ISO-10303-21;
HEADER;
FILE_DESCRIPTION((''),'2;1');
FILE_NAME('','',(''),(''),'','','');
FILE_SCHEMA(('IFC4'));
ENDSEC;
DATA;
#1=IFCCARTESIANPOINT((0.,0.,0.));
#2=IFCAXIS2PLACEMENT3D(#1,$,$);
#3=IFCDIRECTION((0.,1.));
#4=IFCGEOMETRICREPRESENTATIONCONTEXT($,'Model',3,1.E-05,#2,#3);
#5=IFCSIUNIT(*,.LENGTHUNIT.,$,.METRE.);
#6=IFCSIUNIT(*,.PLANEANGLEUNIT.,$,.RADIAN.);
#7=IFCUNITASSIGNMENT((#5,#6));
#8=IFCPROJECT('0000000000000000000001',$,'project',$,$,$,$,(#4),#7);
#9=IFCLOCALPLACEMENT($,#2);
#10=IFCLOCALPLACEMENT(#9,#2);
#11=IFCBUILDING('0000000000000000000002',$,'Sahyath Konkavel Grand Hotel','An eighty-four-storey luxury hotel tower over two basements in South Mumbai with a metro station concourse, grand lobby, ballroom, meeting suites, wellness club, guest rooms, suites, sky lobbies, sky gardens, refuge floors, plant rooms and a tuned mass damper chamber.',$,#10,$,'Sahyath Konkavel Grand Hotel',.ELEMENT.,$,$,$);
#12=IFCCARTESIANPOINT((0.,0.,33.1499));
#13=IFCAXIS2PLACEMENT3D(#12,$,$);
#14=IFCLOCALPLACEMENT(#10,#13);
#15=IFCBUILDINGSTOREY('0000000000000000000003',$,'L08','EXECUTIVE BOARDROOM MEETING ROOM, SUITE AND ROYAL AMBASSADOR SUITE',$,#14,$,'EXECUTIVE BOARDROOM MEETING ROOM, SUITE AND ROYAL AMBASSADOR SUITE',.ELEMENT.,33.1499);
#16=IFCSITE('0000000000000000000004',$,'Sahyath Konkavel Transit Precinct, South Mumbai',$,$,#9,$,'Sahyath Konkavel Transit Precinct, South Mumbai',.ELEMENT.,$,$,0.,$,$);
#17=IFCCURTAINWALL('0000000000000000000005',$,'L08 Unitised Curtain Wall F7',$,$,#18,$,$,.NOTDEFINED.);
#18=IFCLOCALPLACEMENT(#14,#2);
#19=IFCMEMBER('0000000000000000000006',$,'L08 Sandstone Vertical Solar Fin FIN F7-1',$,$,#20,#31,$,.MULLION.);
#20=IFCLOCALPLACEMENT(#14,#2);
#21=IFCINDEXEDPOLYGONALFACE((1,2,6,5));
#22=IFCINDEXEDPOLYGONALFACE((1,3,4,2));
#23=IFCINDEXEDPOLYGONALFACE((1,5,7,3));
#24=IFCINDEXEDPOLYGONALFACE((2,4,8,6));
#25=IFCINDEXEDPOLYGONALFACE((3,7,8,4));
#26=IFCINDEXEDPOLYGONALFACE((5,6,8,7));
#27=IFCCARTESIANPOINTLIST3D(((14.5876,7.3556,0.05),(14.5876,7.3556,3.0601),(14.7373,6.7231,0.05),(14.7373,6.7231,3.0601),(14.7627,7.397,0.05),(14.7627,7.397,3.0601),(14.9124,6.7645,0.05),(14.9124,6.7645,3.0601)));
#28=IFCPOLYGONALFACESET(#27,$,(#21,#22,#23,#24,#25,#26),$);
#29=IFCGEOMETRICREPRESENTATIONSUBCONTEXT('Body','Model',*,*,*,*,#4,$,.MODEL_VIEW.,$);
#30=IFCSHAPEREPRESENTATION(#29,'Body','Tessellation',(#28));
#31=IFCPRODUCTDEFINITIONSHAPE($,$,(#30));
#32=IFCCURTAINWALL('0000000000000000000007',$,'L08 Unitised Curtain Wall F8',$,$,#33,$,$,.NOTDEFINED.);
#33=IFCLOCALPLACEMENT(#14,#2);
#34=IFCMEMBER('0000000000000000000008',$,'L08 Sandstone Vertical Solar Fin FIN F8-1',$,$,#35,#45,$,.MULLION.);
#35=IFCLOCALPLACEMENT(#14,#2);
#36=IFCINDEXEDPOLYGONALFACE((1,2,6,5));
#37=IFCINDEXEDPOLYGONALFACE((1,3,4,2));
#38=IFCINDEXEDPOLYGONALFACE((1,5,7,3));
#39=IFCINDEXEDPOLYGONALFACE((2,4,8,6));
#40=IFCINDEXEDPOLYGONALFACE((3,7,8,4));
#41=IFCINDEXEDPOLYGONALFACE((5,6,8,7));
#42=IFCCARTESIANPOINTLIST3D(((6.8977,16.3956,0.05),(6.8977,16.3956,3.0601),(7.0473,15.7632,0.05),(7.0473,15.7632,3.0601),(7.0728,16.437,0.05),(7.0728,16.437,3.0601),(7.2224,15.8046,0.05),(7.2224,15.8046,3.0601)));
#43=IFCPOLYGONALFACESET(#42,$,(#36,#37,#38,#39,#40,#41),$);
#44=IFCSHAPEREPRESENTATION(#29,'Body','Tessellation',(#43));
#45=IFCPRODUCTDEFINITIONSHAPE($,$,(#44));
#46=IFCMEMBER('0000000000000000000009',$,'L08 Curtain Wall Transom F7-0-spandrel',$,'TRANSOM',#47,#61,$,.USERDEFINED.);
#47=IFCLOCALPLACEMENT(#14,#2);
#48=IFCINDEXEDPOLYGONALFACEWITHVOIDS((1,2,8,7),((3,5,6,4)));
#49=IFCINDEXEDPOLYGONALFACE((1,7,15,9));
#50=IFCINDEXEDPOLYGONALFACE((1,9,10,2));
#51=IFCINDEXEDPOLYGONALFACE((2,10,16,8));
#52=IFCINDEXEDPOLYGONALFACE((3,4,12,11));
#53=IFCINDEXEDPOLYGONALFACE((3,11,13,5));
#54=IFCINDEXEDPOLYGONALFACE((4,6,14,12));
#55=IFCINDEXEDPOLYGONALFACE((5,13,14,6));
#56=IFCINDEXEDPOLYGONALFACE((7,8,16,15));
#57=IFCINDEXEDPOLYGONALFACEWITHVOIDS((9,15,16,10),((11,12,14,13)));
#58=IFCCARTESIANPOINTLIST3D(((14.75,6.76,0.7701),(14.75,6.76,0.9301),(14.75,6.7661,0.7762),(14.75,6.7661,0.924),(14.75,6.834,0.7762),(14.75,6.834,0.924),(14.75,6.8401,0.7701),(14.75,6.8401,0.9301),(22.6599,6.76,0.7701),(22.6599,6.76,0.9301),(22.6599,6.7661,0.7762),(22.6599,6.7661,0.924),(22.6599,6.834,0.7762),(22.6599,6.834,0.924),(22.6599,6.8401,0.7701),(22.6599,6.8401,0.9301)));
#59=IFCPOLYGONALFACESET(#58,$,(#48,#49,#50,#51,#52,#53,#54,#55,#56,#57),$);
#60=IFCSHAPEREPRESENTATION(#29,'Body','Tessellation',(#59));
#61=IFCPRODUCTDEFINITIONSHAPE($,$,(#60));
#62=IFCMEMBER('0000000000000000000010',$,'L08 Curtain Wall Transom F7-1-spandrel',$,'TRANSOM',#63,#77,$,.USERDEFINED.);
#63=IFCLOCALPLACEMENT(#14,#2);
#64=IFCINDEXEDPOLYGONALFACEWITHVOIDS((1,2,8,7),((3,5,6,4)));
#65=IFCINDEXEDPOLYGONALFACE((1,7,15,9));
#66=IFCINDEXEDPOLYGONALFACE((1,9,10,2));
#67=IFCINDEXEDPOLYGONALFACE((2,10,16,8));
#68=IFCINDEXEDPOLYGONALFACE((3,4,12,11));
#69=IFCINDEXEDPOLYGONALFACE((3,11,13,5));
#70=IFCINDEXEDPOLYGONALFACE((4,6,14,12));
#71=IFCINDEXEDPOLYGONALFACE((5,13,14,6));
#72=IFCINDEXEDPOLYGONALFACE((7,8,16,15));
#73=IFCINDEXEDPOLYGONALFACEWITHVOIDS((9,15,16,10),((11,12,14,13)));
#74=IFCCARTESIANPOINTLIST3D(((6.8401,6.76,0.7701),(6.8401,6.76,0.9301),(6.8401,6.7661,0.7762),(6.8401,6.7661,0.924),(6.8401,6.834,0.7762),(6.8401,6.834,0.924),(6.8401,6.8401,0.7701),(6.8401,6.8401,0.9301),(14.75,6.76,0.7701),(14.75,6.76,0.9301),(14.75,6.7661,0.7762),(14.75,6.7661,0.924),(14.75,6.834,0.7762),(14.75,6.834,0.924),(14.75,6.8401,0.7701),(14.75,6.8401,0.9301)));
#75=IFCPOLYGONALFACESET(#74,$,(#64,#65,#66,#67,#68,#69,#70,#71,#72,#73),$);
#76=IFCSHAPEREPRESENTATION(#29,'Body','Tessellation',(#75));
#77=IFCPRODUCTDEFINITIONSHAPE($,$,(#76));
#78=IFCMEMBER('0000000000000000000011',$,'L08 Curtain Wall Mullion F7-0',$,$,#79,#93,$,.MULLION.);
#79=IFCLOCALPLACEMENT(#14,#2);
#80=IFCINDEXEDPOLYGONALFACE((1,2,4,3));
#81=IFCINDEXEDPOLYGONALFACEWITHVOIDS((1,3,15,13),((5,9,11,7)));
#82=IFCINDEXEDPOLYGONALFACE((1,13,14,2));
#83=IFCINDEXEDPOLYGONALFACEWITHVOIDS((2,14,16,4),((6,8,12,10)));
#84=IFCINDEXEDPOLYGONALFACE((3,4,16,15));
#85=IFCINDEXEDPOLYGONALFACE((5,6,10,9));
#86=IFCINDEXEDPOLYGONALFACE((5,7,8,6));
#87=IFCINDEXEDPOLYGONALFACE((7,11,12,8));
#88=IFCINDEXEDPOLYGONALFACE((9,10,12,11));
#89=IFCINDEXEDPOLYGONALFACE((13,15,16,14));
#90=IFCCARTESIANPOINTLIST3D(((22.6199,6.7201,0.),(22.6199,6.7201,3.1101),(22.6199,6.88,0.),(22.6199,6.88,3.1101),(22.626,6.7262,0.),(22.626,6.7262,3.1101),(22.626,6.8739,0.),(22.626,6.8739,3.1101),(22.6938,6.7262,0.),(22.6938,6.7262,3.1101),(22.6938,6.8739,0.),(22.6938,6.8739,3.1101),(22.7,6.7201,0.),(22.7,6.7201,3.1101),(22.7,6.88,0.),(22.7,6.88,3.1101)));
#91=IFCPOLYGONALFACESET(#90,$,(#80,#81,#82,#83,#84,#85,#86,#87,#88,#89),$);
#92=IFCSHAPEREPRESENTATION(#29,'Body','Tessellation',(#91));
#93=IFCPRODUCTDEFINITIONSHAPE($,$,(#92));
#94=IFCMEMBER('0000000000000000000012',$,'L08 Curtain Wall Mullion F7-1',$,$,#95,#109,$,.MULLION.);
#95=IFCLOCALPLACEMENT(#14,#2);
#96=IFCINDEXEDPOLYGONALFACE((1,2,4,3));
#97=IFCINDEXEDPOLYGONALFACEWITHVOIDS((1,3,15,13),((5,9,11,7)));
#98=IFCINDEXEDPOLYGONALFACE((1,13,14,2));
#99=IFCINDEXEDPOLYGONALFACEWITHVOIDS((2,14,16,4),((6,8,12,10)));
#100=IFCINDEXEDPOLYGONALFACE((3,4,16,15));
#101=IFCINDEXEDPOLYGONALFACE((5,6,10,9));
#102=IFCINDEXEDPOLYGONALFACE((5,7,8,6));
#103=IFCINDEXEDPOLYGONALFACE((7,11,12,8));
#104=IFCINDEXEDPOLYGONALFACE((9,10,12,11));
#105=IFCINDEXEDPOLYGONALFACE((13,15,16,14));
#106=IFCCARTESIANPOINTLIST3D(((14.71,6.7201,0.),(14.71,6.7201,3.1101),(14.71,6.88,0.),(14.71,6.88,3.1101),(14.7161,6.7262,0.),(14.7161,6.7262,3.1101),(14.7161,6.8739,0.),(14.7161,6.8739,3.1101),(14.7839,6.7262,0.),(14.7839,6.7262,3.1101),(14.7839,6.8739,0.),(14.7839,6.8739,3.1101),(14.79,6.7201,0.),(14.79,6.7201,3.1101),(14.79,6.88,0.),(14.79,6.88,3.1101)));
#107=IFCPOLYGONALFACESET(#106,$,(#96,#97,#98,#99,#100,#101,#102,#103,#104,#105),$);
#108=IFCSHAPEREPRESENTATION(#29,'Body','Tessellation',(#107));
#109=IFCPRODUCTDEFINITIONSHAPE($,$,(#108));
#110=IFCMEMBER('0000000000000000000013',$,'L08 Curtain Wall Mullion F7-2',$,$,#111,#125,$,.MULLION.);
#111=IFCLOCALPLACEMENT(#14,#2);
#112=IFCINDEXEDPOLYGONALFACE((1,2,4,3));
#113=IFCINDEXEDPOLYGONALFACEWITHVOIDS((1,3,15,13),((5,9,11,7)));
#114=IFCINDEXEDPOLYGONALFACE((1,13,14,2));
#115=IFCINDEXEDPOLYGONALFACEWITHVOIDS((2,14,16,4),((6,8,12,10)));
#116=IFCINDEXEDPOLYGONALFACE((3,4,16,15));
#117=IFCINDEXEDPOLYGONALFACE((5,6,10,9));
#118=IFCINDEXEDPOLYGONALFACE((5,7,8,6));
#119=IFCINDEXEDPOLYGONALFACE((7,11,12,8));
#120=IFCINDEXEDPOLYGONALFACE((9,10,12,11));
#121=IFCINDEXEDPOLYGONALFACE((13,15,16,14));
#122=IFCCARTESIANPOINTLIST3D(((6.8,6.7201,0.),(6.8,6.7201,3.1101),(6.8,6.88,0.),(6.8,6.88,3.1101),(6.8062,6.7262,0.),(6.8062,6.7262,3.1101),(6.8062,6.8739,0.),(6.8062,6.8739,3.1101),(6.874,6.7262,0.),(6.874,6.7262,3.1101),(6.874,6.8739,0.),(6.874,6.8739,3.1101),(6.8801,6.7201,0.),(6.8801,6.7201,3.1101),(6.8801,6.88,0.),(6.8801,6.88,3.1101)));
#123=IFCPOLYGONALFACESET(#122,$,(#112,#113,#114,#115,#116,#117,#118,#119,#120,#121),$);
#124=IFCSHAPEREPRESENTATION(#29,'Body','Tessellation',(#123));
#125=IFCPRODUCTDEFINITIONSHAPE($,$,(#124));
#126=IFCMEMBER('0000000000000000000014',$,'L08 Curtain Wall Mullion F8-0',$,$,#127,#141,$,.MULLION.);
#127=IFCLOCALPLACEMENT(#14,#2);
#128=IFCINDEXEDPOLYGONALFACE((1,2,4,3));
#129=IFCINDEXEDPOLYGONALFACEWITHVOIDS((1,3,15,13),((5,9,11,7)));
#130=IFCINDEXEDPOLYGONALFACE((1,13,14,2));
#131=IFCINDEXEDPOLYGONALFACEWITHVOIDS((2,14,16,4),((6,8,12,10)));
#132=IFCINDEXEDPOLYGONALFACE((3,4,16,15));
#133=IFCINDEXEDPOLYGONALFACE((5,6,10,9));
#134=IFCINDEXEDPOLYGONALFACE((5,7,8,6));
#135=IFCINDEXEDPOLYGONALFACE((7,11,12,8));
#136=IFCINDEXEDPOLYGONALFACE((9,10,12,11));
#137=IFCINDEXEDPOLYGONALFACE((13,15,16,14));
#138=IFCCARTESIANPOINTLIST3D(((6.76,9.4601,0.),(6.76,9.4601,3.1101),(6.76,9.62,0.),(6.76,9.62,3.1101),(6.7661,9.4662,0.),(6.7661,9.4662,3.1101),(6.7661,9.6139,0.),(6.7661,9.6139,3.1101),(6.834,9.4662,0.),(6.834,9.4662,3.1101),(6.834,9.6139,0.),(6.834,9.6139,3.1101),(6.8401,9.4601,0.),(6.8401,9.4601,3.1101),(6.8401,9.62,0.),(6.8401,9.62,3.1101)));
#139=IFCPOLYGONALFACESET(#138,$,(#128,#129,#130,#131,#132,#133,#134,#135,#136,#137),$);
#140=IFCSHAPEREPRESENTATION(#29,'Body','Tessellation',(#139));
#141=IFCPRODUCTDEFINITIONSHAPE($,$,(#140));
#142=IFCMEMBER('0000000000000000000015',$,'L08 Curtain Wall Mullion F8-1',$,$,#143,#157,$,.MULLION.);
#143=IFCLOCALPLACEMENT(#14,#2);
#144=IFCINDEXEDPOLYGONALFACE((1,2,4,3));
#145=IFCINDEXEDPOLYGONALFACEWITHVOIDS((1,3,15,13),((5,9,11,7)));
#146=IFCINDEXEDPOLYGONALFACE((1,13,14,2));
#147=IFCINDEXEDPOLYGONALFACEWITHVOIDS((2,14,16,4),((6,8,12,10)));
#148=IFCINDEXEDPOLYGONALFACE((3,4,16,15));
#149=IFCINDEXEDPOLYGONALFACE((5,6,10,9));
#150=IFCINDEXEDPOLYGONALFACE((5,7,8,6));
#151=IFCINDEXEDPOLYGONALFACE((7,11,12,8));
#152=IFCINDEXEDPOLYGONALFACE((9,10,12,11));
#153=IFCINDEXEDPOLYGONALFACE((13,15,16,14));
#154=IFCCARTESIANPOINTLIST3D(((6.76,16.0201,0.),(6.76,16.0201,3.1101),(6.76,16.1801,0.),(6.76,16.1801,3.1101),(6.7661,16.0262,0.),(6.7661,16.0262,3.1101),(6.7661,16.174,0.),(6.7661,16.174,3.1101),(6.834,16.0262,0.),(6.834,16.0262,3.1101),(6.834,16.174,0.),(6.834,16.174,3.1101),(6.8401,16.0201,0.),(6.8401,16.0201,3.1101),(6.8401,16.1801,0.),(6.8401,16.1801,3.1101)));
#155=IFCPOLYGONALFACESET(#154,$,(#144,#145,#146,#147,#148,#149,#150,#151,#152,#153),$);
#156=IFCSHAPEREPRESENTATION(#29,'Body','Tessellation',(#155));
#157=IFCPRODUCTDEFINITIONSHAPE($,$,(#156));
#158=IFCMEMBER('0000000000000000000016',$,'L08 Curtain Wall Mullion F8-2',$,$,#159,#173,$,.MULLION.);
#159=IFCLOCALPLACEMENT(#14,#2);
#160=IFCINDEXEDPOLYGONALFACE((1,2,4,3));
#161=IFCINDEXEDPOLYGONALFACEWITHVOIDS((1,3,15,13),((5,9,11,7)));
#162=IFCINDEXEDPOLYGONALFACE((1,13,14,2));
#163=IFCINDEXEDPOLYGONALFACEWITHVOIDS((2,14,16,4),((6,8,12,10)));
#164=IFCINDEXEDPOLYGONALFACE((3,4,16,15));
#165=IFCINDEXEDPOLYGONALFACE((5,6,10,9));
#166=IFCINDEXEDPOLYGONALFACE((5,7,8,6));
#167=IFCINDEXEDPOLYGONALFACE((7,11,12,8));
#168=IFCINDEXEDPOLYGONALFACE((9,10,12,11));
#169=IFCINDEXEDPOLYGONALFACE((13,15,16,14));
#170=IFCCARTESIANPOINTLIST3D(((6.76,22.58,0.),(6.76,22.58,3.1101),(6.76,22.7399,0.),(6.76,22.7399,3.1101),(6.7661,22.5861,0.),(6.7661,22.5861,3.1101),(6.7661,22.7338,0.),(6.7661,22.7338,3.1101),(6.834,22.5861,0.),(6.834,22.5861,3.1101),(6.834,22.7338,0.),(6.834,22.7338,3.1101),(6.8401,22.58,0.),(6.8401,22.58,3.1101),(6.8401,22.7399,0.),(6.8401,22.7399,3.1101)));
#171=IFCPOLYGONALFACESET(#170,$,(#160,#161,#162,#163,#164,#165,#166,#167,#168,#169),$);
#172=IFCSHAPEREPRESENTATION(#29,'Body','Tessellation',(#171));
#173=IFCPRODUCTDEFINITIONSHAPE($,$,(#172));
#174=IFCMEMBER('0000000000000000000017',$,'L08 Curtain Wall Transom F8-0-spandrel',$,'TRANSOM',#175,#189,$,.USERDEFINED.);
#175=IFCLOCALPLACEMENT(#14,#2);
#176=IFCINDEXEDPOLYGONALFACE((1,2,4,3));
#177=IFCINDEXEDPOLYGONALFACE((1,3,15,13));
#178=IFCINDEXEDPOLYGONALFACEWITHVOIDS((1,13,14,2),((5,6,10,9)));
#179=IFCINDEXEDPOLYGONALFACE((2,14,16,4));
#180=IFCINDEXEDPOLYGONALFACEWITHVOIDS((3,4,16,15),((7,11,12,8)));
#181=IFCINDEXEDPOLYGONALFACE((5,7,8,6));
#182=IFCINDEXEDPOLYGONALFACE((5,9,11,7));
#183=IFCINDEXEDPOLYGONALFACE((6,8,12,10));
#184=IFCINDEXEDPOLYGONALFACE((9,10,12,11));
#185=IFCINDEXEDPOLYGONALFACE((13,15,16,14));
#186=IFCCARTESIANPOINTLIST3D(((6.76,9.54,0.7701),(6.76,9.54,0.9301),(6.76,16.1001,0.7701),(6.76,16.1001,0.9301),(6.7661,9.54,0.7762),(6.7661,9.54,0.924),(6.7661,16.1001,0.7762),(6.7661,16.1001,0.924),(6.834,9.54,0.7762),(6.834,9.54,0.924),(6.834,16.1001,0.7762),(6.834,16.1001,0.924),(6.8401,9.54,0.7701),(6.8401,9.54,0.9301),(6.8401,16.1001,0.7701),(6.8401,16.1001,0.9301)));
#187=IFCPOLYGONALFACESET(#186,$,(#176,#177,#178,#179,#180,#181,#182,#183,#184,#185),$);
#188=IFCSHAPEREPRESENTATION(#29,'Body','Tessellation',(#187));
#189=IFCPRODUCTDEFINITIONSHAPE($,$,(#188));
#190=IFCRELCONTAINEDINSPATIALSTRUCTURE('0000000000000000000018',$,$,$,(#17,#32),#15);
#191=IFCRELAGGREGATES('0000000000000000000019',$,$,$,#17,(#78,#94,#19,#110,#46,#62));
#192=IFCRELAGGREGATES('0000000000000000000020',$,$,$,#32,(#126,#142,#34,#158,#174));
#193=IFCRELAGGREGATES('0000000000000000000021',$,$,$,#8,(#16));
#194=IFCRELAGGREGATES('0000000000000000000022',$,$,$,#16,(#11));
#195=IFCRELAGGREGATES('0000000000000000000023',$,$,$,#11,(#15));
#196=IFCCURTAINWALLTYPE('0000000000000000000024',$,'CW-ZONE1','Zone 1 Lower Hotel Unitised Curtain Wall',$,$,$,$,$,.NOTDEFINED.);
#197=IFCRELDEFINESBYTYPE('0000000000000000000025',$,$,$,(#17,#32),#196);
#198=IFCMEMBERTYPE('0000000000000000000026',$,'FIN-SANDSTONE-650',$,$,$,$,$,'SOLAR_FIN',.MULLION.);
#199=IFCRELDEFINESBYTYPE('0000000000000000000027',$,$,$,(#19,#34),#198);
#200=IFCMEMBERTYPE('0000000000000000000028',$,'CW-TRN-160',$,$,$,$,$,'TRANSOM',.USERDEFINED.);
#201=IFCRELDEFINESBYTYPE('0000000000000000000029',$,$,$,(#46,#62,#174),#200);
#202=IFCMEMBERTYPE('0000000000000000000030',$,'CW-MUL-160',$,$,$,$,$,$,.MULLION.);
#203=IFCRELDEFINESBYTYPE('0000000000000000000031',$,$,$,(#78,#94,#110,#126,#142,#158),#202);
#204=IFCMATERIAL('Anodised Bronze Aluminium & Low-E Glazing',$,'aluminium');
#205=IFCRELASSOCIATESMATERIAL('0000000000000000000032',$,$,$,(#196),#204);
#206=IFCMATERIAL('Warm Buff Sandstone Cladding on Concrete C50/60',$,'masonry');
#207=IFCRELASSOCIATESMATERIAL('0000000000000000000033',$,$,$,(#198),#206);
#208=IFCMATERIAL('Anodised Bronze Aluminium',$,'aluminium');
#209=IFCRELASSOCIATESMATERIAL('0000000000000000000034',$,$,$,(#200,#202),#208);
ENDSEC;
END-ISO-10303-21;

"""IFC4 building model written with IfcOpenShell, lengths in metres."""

from ifc_helpers import new_model, si_unit, direction, frame, origin, origin_2d, place, context, subcontext, project, spatial, rectangle, hollow_rectangle, extrude, source, transform, mapped, material, material_profile, profile_set, type_object, element, aggregate, save


model = new_model("IFC4")

# Units and contexts
model_context = context("Model", 3, precision=1e-05, world=origin(), true_north=direction((0.0, 1.0)))
body_context = subcontext(model_context, "Body", "Model", "MODEL_VIEW")
ifc_project = project(units=[si_unit("LENGTHUNIT", "METRE"), si_unit("PLANEANGLEUNIT", "RADIAN")], contexts=[model_context])

# Site, building, storey
site_placement = place(None, origin())
site = spatial("IfcSite", under=ifc_project, at=site_placement, Name="Sahyath Konkavel Transit Precinct, South Mumbai", LongName="Sahyath Konkavel Transit Precinct, South Mumbai", CompositionType="ELEMENT", RefElevation=0.0)
building_placement = place(site_placement, origin())
building = spatial("IfcBuilding", under=site, at=building_placement, Name="Sahyath Konkavel Grand Hotel", Description="An eighty-four-storey luxury hotel tower over two basements in South Mumbai with a metro station concourse, grand lobby, ballroom, meeting suites, wellness club, guest rooms, suites, sky lobbies, sky gardens, refuge floors, plant rooms and a tuned mass damper chamber.", LongName="Sahyath Konkavel Grand Hotel", CompositionType="ELEMENT")
storey_placement = place(building_placement, frame((0.0, 0.0, 33.1499)))
storey = spatial("IfcBuildingStorey", under=building, at=storey_placement, Name="L08", Description="EXECUTIVE BOARDROOM MEETING ROOM, SUITE AND ROYAL AMBASSADOR SUITE", LongName="EXECUTIVE BOARDROOM MEETING ROOM, SUITE AND ROYAL AMBASSADOR SUITE", CompositionType="ELEMENT", Elevation=33.1499)

# Curtain walls, members
ifc_material_1 = material(Name="Anodised Bronze Aluminium & Low-E Glazing", Category="aluminium")
curtain_wall_type = type_object("IfcCurtainWallType", Name="CW-ZONE1", Description="Zone 1 Lower Hotel Unitised Curtain Wall", PredefinedType="NOTDEFINED", material=ifc_material_1)
curtain_wall_1_placement = place(storey_placement, origin())
curtain_wall_1 = element("IfcCurtainWall", 1, at=curtain_wall_1_placement, inside=storey, type_object=curtain_wall_type, Name="L08 Unitised Curtain Wall F7", PredefinedType="NOTDEFINED")
ifc_material_2 = material(Name="Warm Buff Sandstone Cladding on Concrete C50/60", Category="masonry")
ifc_material_profile_1 = material_profile(ifc_material_2, rectangle(XDim=0.1799, YDim=0.6499, at=origin_2d()), Name="FIN 180x650")
ifc_profile_set_1 = profile_set([ifc_material_profile_1], Name="Warm Buff Sandstone Cladding on Concrete C50/60")
member_type_1 = type_object("IfcMemberType", Name="FIN-SANDSTONE-650", ElementType="SOLAR_FIN", PredefinedType="MULLION", material=ifc_profile_set_1)
shared_shape_1 = source(origin(), body_context, "Body", "SweptSolid", [
    extrude(rectangle(XDim=0.1799, YDim=0.6499, at=origin_2d()), origin(), (0.0, 0.0, 1.0), 3.01),
])
member_1_placement = place(storey_placement, frame((14.75, 7.0601, 0.05), z_axis=(0.0, 0.0, 1.0), x_axis=(0.973139, 0.23022, 0.0)))
member_1 = element("IfcMember", 2, at=member_1_placement, type_object=member_type_1, Name="L08 Sandstone Vertical Solar Fin FIN F7-1", PredefinedType="MULLION", context=body_context, shape_type="MappedRepresentation", body=[
    mapped(shared_shape_1, transform((0.0, 0.0, 0.0), scale=1.0)),
])
curtain_wall_2_placement = place(storey_placement, origin())
curtain_wall_2 = element("IfcCurtainWall", 3, at=curtain_wall_2_placement, inside=storey, type_object=curtain_wall_type, Name="L08 Unitised Curtain Wall F8", PredefinedType="NOTDEFINED")
member_2_placement = place(storey_placement, frame((7.0601, 16.1001, 0.05), z_axis=(0.0, 0.0, 1.0), x_axis=(0.973139, 0.23022, 0.0)))
member_2 = element("IfcMember", 4, at=member_2_placement, type_object=member_type_1, Name="L08 Sandstone Vertical Solar Fin FIN F8-1", PredefinedType="MULLION", context=body_context, shape_type="MappedRepresentation", body=[
    mapped(shared_shape_1, transform((0.0, 0.0, 0.0), scale=1.0)),
])

# Members
ifc_material_3 = material(Name="Anodised Bronze Aluminium", Category="aluminium")
ifc_material_profile_2 = material_profile(ifc_material_3, hollow_rectangle(XDim=0.0801, YDim=0.1599, WallThickness=0.0061, at=origin_2d()), Name="RHS 160x80x6")
ifc_profile_set_2 = profile_set([ifc_material_profile_2], Name="Anodised Bronze Aluminium")
member_type_2 = type_object("IfcMemberType", Name="CW-TRN-160", ElementType="TRANSOM", PredefinedType="USERDEFINED", material=ifc_profile_set_2)
shared_shape_2 = source(origin(), body_context, "Body", "SweptSolid", [
    extrude(hollow_rectangle(XDim=0.0801, YDim=0.1599, WallThickness=0.0061, at=origin_2d()), origin(), (0.0, 0.0, 1.0), 7.9099),
])
member_3_placement = place(storey_placement, frame((22.6599, 6.8, 0.8501), z_axis=(-1.0, 0.0, 0.0), x_axis=(0.0, -1.0, 0.0)))
member_3 = element("IfcMember", 5, at=member_3_placement, type_object=member_type_2, Name="L08 Curtain Wall Transom F7-0-spandrel", ObjectType="TRANSOM", PredefinedType="USERDEFINED", context=body_context, shape_type="MappedRepresentation", body=[
    mapped(shared_shape_2, transform((0.0, 0.0, 0.0), scale=1.0)),
])
member_4_placement = place(storey_placement, frame((14.75, 6.8, 0.8501), z_axis=(-1.0, 0.0, 0.0), x_axis=(0.0, -1.0, 0.0)))
member_4 = element("IfcMember", 6, at=member_4_placement, type_object=member_type_2, Name="L08 Curtain Wall Transom F7-1-spandrel", ObjectType="TRANSOM", PredefinedType="USERDEFINED", context=body_context, shape_type="MappedRepresentation", body=[
    mapped(shared_shape_2, transform((0.0, 0.0, 0.0), scale=1.0)),
])
ifc_material_profile_3 = material_profile(ifc_material_3, hollow_rectangle(XDim=0.0801, YDim=0.1599, WallThickness=0.0061, at=origin_2d()), Name="RHS 160x80x6")
ifc_profile_set_3 = profile_set([ifc_material_profile_3], Name="Anodised Bronze Aluminium")
member_type_3 = type_object("IfcMemberType", Name="CW-MUL-160", PredefinedType="MULLION", material=ifc_profile_set_3)
shared_shape_3 = source(origin(), body_context, "Body", "SweptSolid", [
    extrude(hollow_rectangle(XDim=0.0801, YDim=0.1599, WallThickness=0.0061, at=origin_2d()), origin(), (0.0, 0.0, 1.0), 3.1101),
])
member_5_placement = place(storey_placement, frame((22.6599, 6.8, 0.0), z_axis=(0.0, 0.0, 1.0), x_axis=(1.0, 0.0, 0.0)))
member_5 = element("IfcMember", 7, at=member_5_placement, type_object=member_type_3, Name="L08 Curtain Wall Mullion F7-0", PredefinedType="MULLION", context=body_context, shape_type="MappedRepresentation", body=[
    mapped(shared_shape_3, transform((0.0, 0.0, 0.0), scale=1.0)),
])
member_6_placement = place(storey_placement, frame((14.75, 6.8, 0.0), z_axis=(0.0, 0.0, 1.0), x_axis=(1.0, 0.0, 0.0)))
member_6 = element("IfcMember", 8, at=member_6_placement, type_object=member_type_3, Name="L08 Curtain Wall Mullion F7-1", PredefinedType="MULLION", context=body_context, shape_type="MappedRepresentation", body=[
    mapped(shared_shape_3, transform((0.0, 0.0, 0.0), scale=1.0)),
])
member_7_placement = place(storey_placement, frame((6.8401, 6.8, 0.0), z_axis=(0.0, 0.0, 1.0), x_axis=(1.0, 0.0, 0.0)))
member_7 = element("IfcMember", 9, at=member_7_placement, type_object=member_type_3, Name="L08 Curtain Wall Mullion F7-2", PredefinedType="MULLION", context=body_context, shape_type="MappedRepresentation", body=[
    mapped(shared_shape_3, transform((0.0, 0.0, 0.0), scale=1.0)),
])
member_8_placement = place(storey_placement, frame((6.8, 9.54, 0.0), z_axis=(0.0, 0.0, 1.0), x_axis=(1.0, 0.0, 0.0)))
member_8 = element("IfcMember", 10, at=member_8_placement, type_object=member_type_3, Name="L08 Curtain Wall Mullion F8-0", PredefinedType="MULLION", context=body_context, shape_type="MappedRepresentation", body=[
    mapped(shared_shape_3, transform((0.0, 0.0, 0.0), scale=1.0)),
])
member_9_placement = place(storey_placement, frame((6.8, 16.1001, 0.0), z_axis=(0.0, 0.0, 1.0), x_axis=(1.0, 0.0, 0.0)))
member_9 = element("IfcMember", 11, at=member_9_placement, type_object=member_type_3, Name="L08 Curtain Wall Mullion F8-1", PredefinedType="MULLION", context=body_context, shape_type="MappedRepresentation", body=[
    mapped(shared_shape_3, transform((0.0, 0.0, 0.0), scale=1.0)),
])
member_10_placement = place(storey_placement, frame((6.8, 22.6599, 0.0), z_axis=(0.0, 0.0, 1.0), x_axis=(1.0, 0.0, 0.0)))
member_10 = element("IfcMember", 12, at=member_10_placement, type_object=member_type_3, Name="L08 Curtain Wall Mullion F8-2", PredefinedType="MULLION", context=body_context, shape_type="MappedRepresentation", body=[
    mapped(shared_shape_3, transform((0.0, 0.0, 0.0), scale=1.0)),
])
shared_shape_4 = source(origin(), body_context, "Body", "SweptSolid", [
    extrude(hollow_rectangle(XDim=0.0801, YDim=0.1599, WallThickness=0.0061, at=origin_2d()), origin(), (0.0, 0.0, 1.0), 6.5601),
])
member_11_placement = place(storey_placement, frame((6.8, 9.54, 0.8501), z_axis=(0.0, 1.0, 0.0), x_axis=(-1.0, 0.0, 0.0)))
member_11 = element("IfcMember", 13, at=member_11_placement, type_object=member_type_2, Name="L08 Curtain Wall Transom F8-0-spandrel", ObjectType="TRANSOM", PredefinedType="USERDEFINED", context=body_context, shape_type="MappedRepresentation", body=[
    mapped(shared_shape_4, transform((0.0, 0.0, 0.0), scale=1.0)),
])

aggregate(curtain_wall_1, [member_5, member_6, member_1, member_7, member_3, member_4])
aggregate(curtain_wall_2, [member_8, member_9, member_2, member_10, member_11])

save(model, "model.ifc")
